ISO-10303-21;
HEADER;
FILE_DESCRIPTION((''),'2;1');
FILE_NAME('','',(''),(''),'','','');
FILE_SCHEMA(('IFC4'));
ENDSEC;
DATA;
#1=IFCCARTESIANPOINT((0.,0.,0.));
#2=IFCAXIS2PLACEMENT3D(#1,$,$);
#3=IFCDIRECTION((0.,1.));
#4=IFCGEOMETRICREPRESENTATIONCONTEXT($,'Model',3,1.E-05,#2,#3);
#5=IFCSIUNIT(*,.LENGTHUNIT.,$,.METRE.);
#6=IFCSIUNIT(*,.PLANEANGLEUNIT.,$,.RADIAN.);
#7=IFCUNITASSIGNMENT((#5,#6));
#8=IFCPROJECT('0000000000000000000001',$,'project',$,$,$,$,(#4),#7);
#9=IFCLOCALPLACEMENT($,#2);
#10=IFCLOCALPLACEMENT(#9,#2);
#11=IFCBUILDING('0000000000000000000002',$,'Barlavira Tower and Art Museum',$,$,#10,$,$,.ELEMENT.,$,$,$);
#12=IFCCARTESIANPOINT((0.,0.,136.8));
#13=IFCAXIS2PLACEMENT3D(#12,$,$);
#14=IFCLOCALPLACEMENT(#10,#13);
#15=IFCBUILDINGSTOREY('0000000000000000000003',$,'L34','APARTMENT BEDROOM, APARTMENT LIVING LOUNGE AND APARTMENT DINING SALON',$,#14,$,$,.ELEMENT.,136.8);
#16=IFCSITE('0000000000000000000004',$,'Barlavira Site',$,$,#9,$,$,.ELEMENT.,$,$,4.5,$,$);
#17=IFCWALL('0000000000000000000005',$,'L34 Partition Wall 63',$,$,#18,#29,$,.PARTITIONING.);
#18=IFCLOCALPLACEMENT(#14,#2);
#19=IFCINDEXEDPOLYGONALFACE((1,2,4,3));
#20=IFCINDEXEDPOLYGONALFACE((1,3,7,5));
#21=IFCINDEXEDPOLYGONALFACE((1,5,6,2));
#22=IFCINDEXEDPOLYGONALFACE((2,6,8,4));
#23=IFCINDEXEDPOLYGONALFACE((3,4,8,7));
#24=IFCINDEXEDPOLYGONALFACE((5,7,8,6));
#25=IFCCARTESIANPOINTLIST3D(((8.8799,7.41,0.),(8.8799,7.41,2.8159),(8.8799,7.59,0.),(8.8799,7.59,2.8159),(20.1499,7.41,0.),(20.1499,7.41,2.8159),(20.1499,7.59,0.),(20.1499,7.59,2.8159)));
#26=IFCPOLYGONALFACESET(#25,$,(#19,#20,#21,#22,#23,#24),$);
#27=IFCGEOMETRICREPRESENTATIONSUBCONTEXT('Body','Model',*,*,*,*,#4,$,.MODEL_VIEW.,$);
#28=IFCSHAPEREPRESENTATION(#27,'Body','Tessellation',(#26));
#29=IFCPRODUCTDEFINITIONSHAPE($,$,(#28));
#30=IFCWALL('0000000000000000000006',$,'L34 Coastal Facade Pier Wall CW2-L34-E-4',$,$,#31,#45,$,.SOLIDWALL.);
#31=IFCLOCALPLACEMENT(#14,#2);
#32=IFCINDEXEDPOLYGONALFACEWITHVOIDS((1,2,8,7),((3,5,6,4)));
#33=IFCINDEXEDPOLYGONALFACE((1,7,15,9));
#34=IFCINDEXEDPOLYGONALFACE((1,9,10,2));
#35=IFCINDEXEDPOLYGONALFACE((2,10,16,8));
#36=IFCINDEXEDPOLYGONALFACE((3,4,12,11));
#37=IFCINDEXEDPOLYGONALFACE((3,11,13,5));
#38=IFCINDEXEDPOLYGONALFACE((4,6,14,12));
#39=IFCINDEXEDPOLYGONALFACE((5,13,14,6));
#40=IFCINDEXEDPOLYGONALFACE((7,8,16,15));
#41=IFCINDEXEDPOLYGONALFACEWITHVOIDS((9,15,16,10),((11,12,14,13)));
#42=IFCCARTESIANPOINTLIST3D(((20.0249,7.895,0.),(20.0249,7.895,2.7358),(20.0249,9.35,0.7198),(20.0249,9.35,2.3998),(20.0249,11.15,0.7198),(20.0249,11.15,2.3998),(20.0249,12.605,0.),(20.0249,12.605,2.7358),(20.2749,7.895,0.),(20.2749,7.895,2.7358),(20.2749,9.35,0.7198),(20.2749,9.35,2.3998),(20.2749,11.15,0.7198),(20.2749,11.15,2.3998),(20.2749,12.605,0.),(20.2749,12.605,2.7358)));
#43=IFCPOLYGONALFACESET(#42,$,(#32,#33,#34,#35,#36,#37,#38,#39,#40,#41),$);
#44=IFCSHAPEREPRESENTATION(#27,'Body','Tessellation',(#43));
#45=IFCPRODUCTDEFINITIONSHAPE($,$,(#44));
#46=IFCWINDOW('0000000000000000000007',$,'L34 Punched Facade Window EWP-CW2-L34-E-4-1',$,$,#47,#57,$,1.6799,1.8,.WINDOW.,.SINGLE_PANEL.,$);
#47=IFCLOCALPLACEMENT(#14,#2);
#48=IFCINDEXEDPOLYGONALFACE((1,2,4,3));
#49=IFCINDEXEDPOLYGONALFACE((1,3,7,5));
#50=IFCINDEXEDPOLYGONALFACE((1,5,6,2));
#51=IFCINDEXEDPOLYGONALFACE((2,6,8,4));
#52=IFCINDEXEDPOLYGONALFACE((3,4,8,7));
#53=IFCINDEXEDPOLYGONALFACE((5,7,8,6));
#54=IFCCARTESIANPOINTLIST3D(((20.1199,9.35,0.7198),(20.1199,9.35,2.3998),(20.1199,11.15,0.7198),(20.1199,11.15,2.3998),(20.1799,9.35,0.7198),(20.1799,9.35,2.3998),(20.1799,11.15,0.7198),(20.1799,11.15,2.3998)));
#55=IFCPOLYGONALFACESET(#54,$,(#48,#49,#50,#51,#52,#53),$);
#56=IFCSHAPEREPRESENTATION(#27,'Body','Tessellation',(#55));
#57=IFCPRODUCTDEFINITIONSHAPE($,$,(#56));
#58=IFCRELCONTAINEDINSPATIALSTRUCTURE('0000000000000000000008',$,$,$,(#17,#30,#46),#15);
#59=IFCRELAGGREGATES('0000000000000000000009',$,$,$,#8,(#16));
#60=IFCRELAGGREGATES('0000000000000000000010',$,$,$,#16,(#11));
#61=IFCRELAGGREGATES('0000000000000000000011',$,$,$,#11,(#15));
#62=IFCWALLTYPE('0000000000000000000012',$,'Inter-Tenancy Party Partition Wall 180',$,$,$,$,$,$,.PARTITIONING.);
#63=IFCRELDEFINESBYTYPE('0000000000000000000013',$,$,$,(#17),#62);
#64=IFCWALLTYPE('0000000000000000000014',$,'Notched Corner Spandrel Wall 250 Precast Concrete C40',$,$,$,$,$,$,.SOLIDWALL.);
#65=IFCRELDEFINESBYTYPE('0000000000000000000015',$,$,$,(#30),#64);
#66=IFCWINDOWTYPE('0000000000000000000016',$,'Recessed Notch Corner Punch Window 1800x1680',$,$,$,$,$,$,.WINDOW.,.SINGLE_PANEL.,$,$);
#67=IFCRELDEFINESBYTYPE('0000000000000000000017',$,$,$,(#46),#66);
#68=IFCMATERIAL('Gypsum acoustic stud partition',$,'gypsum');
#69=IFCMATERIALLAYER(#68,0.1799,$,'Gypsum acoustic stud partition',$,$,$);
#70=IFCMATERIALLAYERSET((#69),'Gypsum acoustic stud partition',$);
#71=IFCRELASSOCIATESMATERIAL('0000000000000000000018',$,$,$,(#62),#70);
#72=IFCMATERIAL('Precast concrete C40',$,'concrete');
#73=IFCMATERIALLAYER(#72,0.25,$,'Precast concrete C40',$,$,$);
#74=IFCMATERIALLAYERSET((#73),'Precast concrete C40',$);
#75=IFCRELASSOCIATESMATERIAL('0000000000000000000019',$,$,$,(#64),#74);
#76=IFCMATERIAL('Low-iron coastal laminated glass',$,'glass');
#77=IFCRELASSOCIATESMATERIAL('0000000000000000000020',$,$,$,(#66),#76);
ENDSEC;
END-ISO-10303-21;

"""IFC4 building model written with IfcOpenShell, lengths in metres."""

from ifc_helpers import new_model, si_unit, direction, frame, frame_2d, origin, place, context, subcontext, project, spatial, rectangle, extrude, material, layer, layer_set, type_object, element, fill, save


model = new_model("IFC4")

# Units and contexts
model_context = context("Model", 3, precision=1e-05, world=origin(), true_north=direction((0.0, 1.0)))
body_context = subcontext(model_context, "Body", "Model", "MODEL_VIEW")
ifc_project = project(units=[si_unit("LENGTHUNIT", "METRE"), si_unit("PLANEANGLEUNIT", "RADIAN")], contexts=[model_context])

# Site, building, storey
site_placement = place(None, origin())
site = spatial("IfcSite", under=ifc_project, at=site_placement, Name="Barlavira Site", CompositionType="ELEMENT", RefElevation=4.5)
building_placement = place(site_placement, origin())
building = spatial("IfcBuilding", under=site, at=building_placement, Name="Barlavira Tower and Art Museum", CompositionType="ELEMENT")
storey_placement = place(building_placement, frame((0.0, 0.0, 136.8)))
storey = spatial("IfcBuildingStorey", under=building, at=storey_placement, Name="L34", Description="APARTMENT BEDROOM, APARTMENT LIVING LOUNGE AND APARTMENT DINING SALON", CompositionType="ELEMENT", Elevation=136.8)

# Shared definitions
ifc_material_1 = material(Name="Low-iron coastal laminated glass", Category="glass")

# Wall
ifc_material_2 = material(Name="Gypsum acoustic stud partition", Category="gypsum")
ifc_layer_1 = layer(ifc_material_2, 0.1799, Name="Gypsum acoustic stud partition")
ifc_layer_set_1 = layer_set([ifc_layer_1], Name="Gypsum acoustic stud partition")
wall_type_1 = type_object("IfcWallType", Name="Inter-Tenancy Party Partition Wall 180", PredefinedType="PARTITIONING", material=ifc_layer_set_1)
wall_1_placement = place(storey_placement, frame((8.8799, 7.5, 0.0), z_axis=(0.0, 0.0, 1.0), x_axis=(1.0, 0.0, 0.0)))
element("IfcWall", 1, at=wall_1_placement, inside=storey, type_object=wall_type_1, Name="L34 Partition Wall 63", PredefinedType="PARTITIONING", context=body_context, shape_type="SweptSolid", body=[
    extrude(rectangle(XDim=11.27, YDim=0.1799, at=frame_2d((5.635, 0.0))), origin(), (0.0, 0.0, 1.0), 2.8159),
])

# Wall, opening, window
ifc_material_3 = material(Name="Precast concrete C40", Category="concrete")
ifc_layer_2 = layer(ifc_material_3, 0.25, Name="Precast concrete C40")
ifc_layer_set_2 = layer_set([ifc_layer_2], Name="Precast concrete C40")
wall_type_2 = type_object("IfcWallType", Name="Notched Corner Spandrel Wall 250 Precast Concrete C40", PredefinedType="SOLIDWALL", material=ifc_layer_set_2)
wall_2_placement = place(storey_placement, frame((20.1499, 7.895, 0.0), z_axis=(0.0, 0.0, 1.0), x_axis=(0.0, 1.0, 0.0)))
wall_2 = element("IfcWall", 2, at=wall_2_placement, inside=storey, type_object=wall_type_2, Name="L34 Coastal Facade Pier Wall CW2-L34-E-4", PredefinedType="SOLIDWALL", context=body_context, shape_type="SweptSolid", body=[
    extrude(rectangle(XDim=4.71, YDim=0.25, at=frame_2d((2.355, 0.0))), origin(), (0.0, 0.0, 1.0), 2.7358),
])
opening_placement = place(wall_2_placement, frame((1.4551, 0.0, 0.72)))
opening = element("IfcOpeningElement", 3, at=opening_placement, cuts=wall_2, PredefinedType="OPENING", context=body_context, shape_type="SweptSolid", body=[
    extrude(rectangle(XDim=1.8, YDim=1.6799, at=frame_2d((0.8999, 0.8398))), frame((0.0, 0.135, 0.0), z_axis=(0.0, -1.0, 0.0), x_axis=(1.0, 0.0, 0.0)), (0.0, 0.0, 1.0), 0.27),
])
window_type = type_object("IfcWindowType", Name="Recessed Notch Corner Punch Window 1800x1680", PartitioningType="SINGLE_PANEL", PredefinedType="WINDOW", material=ifc_material_1)
window_placement = place(opening_placement, origin())
window = element("IfcWindow", 4, at=window_placement, inside=storey, type_object=window_type, Name="L34 Punched Facade Window EWP-CW2-L34-E-4-1", OverallHeight=1.6799, OverallWidth=1.8, PartitioningType="SINGLE_PANEL", PredefinedType="WINDOW", context=body_context, shape_type="SweptSolid", body=[
    extrude(rectangle(XDim=1.8, YDim=1.6799, at=frame_2d((0.8999, 0.8398))), frame((0.0, 0.03, 0.0), z_axis=(0.0, -1.0, 0.0), x_axis=(1.0, 0.0, 0.0)), (0.0, 0.0, 1.0), 0.0601),
])
fill(opening, window)

save(model, "model.ifc")
